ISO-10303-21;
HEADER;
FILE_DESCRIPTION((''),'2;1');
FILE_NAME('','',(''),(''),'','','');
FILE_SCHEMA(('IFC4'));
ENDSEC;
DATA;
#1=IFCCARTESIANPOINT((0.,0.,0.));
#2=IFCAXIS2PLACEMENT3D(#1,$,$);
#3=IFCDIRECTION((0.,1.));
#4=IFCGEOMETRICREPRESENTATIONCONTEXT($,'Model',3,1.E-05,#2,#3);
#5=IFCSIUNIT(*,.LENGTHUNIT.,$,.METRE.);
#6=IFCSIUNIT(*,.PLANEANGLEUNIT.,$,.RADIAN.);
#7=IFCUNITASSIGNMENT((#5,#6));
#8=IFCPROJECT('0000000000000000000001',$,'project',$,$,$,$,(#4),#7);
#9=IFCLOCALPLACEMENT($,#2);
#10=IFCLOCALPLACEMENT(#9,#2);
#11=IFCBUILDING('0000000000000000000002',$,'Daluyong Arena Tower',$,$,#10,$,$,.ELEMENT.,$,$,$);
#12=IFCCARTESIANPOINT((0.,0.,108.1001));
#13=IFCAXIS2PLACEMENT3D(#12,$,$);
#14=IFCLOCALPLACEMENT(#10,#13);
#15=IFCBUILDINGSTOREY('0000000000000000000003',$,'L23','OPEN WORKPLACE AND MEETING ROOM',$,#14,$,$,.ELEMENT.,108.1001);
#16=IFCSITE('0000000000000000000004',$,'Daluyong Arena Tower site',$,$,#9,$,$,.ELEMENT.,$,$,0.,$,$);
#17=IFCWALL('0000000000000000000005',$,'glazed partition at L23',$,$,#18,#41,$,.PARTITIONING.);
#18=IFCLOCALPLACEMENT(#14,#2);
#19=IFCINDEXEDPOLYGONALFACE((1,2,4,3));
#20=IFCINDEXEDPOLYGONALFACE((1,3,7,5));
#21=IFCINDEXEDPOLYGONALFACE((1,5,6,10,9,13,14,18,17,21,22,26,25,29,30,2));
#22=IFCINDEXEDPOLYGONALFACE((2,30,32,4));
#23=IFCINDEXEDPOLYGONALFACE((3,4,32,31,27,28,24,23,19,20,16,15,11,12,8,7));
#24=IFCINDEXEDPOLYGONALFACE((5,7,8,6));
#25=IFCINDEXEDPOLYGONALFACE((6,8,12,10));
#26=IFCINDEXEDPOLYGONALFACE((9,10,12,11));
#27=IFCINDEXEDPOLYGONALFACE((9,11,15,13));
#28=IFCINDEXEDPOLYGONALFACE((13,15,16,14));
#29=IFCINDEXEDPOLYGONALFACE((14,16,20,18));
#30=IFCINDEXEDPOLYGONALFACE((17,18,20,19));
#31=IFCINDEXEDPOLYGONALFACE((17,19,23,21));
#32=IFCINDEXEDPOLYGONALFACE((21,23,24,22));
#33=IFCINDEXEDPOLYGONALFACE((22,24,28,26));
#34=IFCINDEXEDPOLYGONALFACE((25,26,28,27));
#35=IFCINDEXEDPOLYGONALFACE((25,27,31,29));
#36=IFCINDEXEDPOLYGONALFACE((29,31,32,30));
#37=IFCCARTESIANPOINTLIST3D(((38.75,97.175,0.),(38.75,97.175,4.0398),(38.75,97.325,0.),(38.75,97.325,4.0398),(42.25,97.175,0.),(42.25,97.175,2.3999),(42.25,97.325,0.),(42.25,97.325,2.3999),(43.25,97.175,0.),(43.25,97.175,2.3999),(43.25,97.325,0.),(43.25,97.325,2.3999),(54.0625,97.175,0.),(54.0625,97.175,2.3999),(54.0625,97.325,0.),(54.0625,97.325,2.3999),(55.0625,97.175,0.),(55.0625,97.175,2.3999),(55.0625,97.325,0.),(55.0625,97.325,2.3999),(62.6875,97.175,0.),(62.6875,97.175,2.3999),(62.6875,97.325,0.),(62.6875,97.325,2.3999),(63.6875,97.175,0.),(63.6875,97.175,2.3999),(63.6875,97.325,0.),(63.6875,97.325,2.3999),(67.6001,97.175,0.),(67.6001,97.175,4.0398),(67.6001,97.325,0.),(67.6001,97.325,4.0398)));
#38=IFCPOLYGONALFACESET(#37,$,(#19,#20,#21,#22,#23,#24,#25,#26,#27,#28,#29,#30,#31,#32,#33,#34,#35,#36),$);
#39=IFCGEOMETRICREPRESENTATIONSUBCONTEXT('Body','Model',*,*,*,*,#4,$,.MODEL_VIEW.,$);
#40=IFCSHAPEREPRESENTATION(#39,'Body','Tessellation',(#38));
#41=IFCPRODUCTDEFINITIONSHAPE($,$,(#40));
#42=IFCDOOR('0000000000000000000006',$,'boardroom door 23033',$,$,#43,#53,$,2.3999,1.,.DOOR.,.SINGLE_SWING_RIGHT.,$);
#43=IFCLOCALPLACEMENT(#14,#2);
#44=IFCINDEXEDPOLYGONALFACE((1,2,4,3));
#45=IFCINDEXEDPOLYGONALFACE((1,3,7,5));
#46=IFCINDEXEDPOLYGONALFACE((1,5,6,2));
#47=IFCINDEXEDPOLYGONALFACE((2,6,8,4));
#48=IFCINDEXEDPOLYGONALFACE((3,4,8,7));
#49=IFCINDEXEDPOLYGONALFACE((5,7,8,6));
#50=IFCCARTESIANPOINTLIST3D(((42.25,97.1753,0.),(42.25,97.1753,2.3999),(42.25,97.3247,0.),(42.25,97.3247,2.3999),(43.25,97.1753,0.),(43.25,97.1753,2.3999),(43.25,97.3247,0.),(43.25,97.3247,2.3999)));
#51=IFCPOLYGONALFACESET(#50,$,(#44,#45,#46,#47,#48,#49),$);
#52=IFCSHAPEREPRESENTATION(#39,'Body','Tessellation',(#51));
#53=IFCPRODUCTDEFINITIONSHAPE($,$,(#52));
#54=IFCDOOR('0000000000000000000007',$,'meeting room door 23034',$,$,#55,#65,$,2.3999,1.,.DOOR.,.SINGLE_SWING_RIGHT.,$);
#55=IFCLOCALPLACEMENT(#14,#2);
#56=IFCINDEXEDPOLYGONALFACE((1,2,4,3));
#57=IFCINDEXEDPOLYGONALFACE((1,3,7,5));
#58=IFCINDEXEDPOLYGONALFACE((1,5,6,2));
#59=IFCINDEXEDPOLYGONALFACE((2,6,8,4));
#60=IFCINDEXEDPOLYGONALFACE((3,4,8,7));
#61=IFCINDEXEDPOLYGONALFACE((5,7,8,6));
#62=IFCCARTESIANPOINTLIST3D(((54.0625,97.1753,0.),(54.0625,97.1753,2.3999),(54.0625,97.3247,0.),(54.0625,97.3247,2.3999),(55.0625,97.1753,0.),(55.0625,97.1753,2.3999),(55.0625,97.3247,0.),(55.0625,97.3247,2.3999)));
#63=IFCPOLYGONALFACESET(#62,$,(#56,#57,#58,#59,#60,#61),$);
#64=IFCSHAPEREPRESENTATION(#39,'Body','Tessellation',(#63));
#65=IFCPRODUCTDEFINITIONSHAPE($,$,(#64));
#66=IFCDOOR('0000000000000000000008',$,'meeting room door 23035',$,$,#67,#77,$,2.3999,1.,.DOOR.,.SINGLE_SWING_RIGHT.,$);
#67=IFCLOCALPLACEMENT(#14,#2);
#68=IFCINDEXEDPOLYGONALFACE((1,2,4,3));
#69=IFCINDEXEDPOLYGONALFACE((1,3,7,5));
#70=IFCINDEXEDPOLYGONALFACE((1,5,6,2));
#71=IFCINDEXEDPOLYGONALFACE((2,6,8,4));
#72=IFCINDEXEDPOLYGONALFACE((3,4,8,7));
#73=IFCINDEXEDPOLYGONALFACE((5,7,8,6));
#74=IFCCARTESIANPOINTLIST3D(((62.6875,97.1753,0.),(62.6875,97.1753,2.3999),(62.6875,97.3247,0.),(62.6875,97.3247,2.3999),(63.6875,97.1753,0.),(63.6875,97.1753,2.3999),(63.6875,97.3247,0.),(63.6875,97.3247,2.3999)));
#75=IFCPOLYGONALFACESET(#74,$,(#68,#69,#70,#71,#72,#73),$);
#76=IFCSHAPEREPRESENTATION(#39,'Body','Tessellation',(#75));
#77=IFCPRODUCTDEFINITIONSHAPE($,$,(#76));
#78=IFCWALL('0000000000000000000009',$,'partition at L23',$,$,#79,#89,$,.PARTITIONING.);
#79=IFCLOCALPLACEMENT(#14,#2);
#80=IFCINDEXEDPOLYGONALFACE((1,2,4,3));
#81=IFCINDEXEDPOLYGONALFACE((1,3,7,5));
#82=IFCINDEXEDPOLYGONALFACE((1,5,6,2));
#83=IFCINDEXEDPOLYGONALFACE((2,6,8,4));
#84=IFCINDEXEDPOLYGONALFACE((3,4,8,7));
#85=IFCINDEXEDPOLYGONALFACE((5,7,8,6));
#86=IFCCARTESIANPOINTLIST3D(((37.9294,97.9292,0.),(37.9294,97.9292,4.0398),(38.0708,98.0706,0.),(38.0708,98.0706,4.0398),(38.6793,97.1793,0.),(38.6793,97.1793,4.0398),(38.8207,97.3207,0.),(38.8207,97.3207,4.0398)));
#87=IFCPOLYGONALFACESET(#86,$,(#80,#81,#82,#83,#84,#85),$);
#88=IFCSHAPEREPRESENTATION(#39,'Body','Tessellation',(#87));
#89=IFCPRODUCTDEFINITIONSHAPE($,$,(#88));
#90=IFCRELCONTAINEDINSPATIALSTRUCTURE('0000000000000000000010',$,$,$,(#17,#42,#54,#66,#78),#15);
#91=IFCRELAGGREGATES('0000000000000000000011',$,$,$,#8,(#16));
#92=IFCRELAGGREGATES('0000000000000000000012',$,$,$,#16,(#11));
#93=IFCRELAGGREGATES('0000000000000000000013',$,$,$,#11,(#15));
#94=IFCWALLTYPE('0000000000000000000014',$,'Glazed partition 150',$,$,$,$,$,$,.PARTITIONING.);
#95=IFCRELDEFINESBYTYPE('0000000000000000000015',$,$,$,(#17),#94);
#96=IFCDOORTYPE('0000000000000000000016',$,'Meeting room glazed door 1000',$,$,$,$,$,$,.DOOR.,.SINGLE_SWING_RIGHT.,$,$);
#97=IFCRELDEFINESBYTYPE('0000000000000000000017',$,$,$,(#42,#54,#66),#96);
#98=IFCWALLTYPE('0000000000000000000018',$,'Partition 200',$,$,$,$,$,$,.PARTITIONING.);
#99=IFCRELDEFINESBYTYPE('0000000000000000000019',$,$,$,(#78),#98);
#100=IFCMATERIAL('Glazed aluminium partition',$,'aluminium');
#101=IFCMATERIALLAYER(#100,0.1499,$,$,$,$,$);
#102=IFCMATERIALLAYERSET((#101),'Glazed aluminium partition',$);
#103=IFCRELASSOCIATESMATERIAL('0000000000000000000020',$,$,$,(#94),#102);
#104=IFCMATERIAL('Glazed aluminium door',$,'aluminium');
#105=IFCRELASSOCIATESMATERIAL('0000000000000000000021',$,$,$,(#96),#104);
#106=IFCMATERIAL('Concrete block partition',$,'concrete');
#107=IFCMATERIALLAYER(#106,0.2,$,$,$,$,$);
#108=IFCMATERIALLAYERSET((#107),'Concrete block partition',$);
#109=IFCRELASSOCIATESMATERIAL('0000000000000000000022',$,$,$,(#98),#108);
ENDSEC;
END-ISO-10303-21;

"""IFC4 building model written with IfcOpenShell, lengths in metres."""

from ifc_helpers import new_model, si_unit, direction, frame, frame_2d, origin, place, context, subcontext, project, spatial, rectangle, extrude, material, layer, layer_set, type_object, element, fill, save


model = new_model("IFC4")

# Units and contexts
model_context = context("Model", 3, precision=1e-05, world=origin(), true_north=direction((0.0, 1.0)))
body_context = subcontext(model_context, "Body", "Model", "MODEL_VIEW")
ifc_project = project(units=[si_unit("LENGTHUNIT", "METRE"), si_unit("PLANEANGLEUNIT", "RADIAN")], contexts=[model_context])

# Site, building, storey
site_placement = place(None, origin())
site = spatial("IfcSite", under=ifc_project, at=site_placement, Name="Daluyong Arena Tower site", CompositionType="ELEMENT", RefElevation=0.0)
building_placement = place(site_placement, origin())
building = spatial("IfcBuilding", under=site, at=building_placement, Name="Daluyong Arena Tower", CompositionType="ELEMENT")
storey_placement = place(building_placement, frame((0.0, 0.0, 108.1001)))
storey = spatial("IfcBuildingStorey", under=building, at=storey_placement, Name="L23", Description="OPEN WORKPLACE AND MEETING ROOM", CompositionType="ELEMENT", Elevation=108.1001)

# Wall, openings, doors
ifc_material_1 = material(Name="Glazed aluminium partition", Category="aluminium")
ifc_layer_1 = layer(ifc_material_1, 0.1499)
ifc_layer_set_1 = layer_set([ifc_layer_1], Name="Glazed aluminium partition")
wall_type_1 = type_object("IfcWallType", Name="Glazed partition 150", PredefinedType="PARTITIONING", material=ifc_layer_set_1)
wall_1_placement = place(storey_placement, frame((38.75, 97.25, 0.0), z_axis=(0.0, 0.0, 1.0), x_axis=(1.0, 0.0, 0.0)))
wall_1 = element("IfcWall", 1, at=wall_1_placement, inside=storey, type_object=wall_type_1, Name="glazed partition at L23", PredefinedType="PARTITIONING", context=body_context, shape_type="SweptSolid", body=[
    extrude(rectangle(XDim=28.8501, YDim=0.1499, at=frame_2d((14.425, 0.0))), origin(), (0.0, 0.0, 1.0), 4.0398),
])
opening_1_placement = place(wall_1_placement, frame((3.5, 0.0, 0.0)))
opening_1 = element("IfcOpeningElement", 2, at=opening_1_placement, cuts=wall_1, PredefinedType="OPENING", context=body_context, shape_type="SweptSolid", body=[
    extrude(rectangle(XDim=1.0, YDim=2.3999, at=frame_2d((0.5, 1.2))), frame((0.0, 0.085, 0.0), z_axis=(0.0, -1.0, 0.0), x_axis=(1.0, 0.0, 0.0)), (0.0, 0.0, 1.0), 0.1699),
])
opening_2_placement = place(wall_1_placement, frame((15.3125, 0.0, 0.0)))
opening_2 = element("IfcOpeningElement", 3, at=opening_2_placement, cuts=wall_1, PredefinedType="OPENING", context=body_context, shape_type="SweptSolid", body=[
    extrude(rectangle(XDim=1.0, YDim=2.3999, at=frame_2d((0.5, 1.2))), frame((0.0, 0.085, 0.0), z_axis=(0.0, -1.0, 0.0), x_axis=(1.0, 0.0, 0.0)), (0.0, 0.0, 1.0), 0.1699),
])
opening_3_placement = place(wall_1_placement, frame((23.9375, 0.0, 0.0)))
opening_3 = element("IfcOpeningElement", 4, at=opening_3_placement, cuts=wall_1, PredefinedType="OPENING", context=body_context, shape_type="SweptSolid", body=[
    extrude(rectangle(XDim=1.0, YDim=2.3999, at=frame_2d((0.5, 1.2))), frame((0.0, 0.085, 0.0), z_axis=(0.0, -1.0, 0.0), x_axis=(1.0, 0.0, 0.0)), (0.0, 0.0, 1.0), 0.1699),
])
ifc_material_2 = material(Name="Glazed aluminium door", Category="aluminium")
door_type = type_object("IfcDoorType", Name="Meeting room glazed door 1000", OperationType="SINGLE_SWING_RIGHT", PredefinedType="DOOR", material=ifc_material_2)
door_1_placement = place(opening_1_placement, origin())
door_1 = element("IfcDoor", 5, at=door_1_placement, inside=storey, type_object=door_type, Name="boardroom door 23033", OperationType="SINGLE_SWING_RIGHT", OverallHeight=2.3999, OverallWidth=1.0, PredefinedType="DOOR", context=body_context, shape_type="SweptSolid", body=[
    extrude(rectangle(XDim=1.0, YDim=2.3999, at=frame_2d((0.5, 1.2))), frame((0.0, 0.0747, 0.0), z_axis=(0.0, -1.0, 0.0), x_axis=(1.0, 0.0, 0.0)), (0.0, 0.0, 1.0), 0.1494),
])
fill(opening_1, door_1)
door_2_placement = place(opening_2_placement, origin())
door_2 = element("IfcDoor", 6, at=door_2_placement, inside=storey, type_object=door_type, Name="meeting room door 23034", OperationType="SINGLE_SWING_RIGHT", OverallHeight=2.3999, OverallWidth=1.0, PredefinedType="DOOR", context=body_context, shape_type="SweptSolid", body=[
    extrude(rectangle(XDim=1.0, YDim=2.3999, at=frame_2d((0.5, 1.2))), frame((0.0, 0.0747, 0.0), z_axis=(0.0, -1.0, 0.0), x_axis=(1.0, 0.0, 0.0)), (0.0, 0.0, 1.0), 0.1494),
])
fill(opening_2, door_2)
door_3_placement = place(opening_3_placement, origin())
door_3 = element("IfcDoor", 7, at=door_3_placement, inside=storey, type_object=door_type, Name="meeting room door 23035", OperationType="SINGLE_SWING_RIGHT", OverallHeight=2.3999, OverallWidth=1.0, PredefinedType="DOOR", context=body_context, shape_type="SweptSolid", body=[
    extrude(rectangle(XDim=1.0, YDim=2.3999, at=frame_2d((0.5, 1.2))), frame((0.0, 0.0747, 0.0), z_axis=(0.0, -1.0, 0.0), x_axis=(1.0, 0.0, 0.0)), (0.0, 0.0, 1.0), 0.1494),
])
fill(opening_3, door_3)

# Wall
ifc_material_3 = material(Name="Concrete block partition", Category="concrete")
ifc_layer_2 = layer(ifc_material_3, 0.2)
ifc_layer_set_2 = layer_set([ifc_layer_2], Name="Concrete block partition")
wall_type_2 = type_object("IfcWallType", Name="Partition 200", PredefinedType="PARTITIONING", material=ifc_layer_set_2)
wall_2_placement = place(storey_placement, frame((38.75, 97.25, 0.0), z_axis=(0.0, 0.0, 1.0), x_axis=(-0.707107, 0.707107, 0.0)))
element("IfcWall", 8, at=wall_2_placement, inside=storey, type_object=wall_type_2, Name="partition at L23", PredefinedType="PARTITIONING", context=body_context, shape_type="SweptSolid", body=[
    extrude(rectangle(XDim=1.0605, YDim=0.2, at=frame_2d((0.5303, 0.0))), origin(), (0.0, 0.0, 1.0), 4.0398),
])

save(model, "model.ifc")
